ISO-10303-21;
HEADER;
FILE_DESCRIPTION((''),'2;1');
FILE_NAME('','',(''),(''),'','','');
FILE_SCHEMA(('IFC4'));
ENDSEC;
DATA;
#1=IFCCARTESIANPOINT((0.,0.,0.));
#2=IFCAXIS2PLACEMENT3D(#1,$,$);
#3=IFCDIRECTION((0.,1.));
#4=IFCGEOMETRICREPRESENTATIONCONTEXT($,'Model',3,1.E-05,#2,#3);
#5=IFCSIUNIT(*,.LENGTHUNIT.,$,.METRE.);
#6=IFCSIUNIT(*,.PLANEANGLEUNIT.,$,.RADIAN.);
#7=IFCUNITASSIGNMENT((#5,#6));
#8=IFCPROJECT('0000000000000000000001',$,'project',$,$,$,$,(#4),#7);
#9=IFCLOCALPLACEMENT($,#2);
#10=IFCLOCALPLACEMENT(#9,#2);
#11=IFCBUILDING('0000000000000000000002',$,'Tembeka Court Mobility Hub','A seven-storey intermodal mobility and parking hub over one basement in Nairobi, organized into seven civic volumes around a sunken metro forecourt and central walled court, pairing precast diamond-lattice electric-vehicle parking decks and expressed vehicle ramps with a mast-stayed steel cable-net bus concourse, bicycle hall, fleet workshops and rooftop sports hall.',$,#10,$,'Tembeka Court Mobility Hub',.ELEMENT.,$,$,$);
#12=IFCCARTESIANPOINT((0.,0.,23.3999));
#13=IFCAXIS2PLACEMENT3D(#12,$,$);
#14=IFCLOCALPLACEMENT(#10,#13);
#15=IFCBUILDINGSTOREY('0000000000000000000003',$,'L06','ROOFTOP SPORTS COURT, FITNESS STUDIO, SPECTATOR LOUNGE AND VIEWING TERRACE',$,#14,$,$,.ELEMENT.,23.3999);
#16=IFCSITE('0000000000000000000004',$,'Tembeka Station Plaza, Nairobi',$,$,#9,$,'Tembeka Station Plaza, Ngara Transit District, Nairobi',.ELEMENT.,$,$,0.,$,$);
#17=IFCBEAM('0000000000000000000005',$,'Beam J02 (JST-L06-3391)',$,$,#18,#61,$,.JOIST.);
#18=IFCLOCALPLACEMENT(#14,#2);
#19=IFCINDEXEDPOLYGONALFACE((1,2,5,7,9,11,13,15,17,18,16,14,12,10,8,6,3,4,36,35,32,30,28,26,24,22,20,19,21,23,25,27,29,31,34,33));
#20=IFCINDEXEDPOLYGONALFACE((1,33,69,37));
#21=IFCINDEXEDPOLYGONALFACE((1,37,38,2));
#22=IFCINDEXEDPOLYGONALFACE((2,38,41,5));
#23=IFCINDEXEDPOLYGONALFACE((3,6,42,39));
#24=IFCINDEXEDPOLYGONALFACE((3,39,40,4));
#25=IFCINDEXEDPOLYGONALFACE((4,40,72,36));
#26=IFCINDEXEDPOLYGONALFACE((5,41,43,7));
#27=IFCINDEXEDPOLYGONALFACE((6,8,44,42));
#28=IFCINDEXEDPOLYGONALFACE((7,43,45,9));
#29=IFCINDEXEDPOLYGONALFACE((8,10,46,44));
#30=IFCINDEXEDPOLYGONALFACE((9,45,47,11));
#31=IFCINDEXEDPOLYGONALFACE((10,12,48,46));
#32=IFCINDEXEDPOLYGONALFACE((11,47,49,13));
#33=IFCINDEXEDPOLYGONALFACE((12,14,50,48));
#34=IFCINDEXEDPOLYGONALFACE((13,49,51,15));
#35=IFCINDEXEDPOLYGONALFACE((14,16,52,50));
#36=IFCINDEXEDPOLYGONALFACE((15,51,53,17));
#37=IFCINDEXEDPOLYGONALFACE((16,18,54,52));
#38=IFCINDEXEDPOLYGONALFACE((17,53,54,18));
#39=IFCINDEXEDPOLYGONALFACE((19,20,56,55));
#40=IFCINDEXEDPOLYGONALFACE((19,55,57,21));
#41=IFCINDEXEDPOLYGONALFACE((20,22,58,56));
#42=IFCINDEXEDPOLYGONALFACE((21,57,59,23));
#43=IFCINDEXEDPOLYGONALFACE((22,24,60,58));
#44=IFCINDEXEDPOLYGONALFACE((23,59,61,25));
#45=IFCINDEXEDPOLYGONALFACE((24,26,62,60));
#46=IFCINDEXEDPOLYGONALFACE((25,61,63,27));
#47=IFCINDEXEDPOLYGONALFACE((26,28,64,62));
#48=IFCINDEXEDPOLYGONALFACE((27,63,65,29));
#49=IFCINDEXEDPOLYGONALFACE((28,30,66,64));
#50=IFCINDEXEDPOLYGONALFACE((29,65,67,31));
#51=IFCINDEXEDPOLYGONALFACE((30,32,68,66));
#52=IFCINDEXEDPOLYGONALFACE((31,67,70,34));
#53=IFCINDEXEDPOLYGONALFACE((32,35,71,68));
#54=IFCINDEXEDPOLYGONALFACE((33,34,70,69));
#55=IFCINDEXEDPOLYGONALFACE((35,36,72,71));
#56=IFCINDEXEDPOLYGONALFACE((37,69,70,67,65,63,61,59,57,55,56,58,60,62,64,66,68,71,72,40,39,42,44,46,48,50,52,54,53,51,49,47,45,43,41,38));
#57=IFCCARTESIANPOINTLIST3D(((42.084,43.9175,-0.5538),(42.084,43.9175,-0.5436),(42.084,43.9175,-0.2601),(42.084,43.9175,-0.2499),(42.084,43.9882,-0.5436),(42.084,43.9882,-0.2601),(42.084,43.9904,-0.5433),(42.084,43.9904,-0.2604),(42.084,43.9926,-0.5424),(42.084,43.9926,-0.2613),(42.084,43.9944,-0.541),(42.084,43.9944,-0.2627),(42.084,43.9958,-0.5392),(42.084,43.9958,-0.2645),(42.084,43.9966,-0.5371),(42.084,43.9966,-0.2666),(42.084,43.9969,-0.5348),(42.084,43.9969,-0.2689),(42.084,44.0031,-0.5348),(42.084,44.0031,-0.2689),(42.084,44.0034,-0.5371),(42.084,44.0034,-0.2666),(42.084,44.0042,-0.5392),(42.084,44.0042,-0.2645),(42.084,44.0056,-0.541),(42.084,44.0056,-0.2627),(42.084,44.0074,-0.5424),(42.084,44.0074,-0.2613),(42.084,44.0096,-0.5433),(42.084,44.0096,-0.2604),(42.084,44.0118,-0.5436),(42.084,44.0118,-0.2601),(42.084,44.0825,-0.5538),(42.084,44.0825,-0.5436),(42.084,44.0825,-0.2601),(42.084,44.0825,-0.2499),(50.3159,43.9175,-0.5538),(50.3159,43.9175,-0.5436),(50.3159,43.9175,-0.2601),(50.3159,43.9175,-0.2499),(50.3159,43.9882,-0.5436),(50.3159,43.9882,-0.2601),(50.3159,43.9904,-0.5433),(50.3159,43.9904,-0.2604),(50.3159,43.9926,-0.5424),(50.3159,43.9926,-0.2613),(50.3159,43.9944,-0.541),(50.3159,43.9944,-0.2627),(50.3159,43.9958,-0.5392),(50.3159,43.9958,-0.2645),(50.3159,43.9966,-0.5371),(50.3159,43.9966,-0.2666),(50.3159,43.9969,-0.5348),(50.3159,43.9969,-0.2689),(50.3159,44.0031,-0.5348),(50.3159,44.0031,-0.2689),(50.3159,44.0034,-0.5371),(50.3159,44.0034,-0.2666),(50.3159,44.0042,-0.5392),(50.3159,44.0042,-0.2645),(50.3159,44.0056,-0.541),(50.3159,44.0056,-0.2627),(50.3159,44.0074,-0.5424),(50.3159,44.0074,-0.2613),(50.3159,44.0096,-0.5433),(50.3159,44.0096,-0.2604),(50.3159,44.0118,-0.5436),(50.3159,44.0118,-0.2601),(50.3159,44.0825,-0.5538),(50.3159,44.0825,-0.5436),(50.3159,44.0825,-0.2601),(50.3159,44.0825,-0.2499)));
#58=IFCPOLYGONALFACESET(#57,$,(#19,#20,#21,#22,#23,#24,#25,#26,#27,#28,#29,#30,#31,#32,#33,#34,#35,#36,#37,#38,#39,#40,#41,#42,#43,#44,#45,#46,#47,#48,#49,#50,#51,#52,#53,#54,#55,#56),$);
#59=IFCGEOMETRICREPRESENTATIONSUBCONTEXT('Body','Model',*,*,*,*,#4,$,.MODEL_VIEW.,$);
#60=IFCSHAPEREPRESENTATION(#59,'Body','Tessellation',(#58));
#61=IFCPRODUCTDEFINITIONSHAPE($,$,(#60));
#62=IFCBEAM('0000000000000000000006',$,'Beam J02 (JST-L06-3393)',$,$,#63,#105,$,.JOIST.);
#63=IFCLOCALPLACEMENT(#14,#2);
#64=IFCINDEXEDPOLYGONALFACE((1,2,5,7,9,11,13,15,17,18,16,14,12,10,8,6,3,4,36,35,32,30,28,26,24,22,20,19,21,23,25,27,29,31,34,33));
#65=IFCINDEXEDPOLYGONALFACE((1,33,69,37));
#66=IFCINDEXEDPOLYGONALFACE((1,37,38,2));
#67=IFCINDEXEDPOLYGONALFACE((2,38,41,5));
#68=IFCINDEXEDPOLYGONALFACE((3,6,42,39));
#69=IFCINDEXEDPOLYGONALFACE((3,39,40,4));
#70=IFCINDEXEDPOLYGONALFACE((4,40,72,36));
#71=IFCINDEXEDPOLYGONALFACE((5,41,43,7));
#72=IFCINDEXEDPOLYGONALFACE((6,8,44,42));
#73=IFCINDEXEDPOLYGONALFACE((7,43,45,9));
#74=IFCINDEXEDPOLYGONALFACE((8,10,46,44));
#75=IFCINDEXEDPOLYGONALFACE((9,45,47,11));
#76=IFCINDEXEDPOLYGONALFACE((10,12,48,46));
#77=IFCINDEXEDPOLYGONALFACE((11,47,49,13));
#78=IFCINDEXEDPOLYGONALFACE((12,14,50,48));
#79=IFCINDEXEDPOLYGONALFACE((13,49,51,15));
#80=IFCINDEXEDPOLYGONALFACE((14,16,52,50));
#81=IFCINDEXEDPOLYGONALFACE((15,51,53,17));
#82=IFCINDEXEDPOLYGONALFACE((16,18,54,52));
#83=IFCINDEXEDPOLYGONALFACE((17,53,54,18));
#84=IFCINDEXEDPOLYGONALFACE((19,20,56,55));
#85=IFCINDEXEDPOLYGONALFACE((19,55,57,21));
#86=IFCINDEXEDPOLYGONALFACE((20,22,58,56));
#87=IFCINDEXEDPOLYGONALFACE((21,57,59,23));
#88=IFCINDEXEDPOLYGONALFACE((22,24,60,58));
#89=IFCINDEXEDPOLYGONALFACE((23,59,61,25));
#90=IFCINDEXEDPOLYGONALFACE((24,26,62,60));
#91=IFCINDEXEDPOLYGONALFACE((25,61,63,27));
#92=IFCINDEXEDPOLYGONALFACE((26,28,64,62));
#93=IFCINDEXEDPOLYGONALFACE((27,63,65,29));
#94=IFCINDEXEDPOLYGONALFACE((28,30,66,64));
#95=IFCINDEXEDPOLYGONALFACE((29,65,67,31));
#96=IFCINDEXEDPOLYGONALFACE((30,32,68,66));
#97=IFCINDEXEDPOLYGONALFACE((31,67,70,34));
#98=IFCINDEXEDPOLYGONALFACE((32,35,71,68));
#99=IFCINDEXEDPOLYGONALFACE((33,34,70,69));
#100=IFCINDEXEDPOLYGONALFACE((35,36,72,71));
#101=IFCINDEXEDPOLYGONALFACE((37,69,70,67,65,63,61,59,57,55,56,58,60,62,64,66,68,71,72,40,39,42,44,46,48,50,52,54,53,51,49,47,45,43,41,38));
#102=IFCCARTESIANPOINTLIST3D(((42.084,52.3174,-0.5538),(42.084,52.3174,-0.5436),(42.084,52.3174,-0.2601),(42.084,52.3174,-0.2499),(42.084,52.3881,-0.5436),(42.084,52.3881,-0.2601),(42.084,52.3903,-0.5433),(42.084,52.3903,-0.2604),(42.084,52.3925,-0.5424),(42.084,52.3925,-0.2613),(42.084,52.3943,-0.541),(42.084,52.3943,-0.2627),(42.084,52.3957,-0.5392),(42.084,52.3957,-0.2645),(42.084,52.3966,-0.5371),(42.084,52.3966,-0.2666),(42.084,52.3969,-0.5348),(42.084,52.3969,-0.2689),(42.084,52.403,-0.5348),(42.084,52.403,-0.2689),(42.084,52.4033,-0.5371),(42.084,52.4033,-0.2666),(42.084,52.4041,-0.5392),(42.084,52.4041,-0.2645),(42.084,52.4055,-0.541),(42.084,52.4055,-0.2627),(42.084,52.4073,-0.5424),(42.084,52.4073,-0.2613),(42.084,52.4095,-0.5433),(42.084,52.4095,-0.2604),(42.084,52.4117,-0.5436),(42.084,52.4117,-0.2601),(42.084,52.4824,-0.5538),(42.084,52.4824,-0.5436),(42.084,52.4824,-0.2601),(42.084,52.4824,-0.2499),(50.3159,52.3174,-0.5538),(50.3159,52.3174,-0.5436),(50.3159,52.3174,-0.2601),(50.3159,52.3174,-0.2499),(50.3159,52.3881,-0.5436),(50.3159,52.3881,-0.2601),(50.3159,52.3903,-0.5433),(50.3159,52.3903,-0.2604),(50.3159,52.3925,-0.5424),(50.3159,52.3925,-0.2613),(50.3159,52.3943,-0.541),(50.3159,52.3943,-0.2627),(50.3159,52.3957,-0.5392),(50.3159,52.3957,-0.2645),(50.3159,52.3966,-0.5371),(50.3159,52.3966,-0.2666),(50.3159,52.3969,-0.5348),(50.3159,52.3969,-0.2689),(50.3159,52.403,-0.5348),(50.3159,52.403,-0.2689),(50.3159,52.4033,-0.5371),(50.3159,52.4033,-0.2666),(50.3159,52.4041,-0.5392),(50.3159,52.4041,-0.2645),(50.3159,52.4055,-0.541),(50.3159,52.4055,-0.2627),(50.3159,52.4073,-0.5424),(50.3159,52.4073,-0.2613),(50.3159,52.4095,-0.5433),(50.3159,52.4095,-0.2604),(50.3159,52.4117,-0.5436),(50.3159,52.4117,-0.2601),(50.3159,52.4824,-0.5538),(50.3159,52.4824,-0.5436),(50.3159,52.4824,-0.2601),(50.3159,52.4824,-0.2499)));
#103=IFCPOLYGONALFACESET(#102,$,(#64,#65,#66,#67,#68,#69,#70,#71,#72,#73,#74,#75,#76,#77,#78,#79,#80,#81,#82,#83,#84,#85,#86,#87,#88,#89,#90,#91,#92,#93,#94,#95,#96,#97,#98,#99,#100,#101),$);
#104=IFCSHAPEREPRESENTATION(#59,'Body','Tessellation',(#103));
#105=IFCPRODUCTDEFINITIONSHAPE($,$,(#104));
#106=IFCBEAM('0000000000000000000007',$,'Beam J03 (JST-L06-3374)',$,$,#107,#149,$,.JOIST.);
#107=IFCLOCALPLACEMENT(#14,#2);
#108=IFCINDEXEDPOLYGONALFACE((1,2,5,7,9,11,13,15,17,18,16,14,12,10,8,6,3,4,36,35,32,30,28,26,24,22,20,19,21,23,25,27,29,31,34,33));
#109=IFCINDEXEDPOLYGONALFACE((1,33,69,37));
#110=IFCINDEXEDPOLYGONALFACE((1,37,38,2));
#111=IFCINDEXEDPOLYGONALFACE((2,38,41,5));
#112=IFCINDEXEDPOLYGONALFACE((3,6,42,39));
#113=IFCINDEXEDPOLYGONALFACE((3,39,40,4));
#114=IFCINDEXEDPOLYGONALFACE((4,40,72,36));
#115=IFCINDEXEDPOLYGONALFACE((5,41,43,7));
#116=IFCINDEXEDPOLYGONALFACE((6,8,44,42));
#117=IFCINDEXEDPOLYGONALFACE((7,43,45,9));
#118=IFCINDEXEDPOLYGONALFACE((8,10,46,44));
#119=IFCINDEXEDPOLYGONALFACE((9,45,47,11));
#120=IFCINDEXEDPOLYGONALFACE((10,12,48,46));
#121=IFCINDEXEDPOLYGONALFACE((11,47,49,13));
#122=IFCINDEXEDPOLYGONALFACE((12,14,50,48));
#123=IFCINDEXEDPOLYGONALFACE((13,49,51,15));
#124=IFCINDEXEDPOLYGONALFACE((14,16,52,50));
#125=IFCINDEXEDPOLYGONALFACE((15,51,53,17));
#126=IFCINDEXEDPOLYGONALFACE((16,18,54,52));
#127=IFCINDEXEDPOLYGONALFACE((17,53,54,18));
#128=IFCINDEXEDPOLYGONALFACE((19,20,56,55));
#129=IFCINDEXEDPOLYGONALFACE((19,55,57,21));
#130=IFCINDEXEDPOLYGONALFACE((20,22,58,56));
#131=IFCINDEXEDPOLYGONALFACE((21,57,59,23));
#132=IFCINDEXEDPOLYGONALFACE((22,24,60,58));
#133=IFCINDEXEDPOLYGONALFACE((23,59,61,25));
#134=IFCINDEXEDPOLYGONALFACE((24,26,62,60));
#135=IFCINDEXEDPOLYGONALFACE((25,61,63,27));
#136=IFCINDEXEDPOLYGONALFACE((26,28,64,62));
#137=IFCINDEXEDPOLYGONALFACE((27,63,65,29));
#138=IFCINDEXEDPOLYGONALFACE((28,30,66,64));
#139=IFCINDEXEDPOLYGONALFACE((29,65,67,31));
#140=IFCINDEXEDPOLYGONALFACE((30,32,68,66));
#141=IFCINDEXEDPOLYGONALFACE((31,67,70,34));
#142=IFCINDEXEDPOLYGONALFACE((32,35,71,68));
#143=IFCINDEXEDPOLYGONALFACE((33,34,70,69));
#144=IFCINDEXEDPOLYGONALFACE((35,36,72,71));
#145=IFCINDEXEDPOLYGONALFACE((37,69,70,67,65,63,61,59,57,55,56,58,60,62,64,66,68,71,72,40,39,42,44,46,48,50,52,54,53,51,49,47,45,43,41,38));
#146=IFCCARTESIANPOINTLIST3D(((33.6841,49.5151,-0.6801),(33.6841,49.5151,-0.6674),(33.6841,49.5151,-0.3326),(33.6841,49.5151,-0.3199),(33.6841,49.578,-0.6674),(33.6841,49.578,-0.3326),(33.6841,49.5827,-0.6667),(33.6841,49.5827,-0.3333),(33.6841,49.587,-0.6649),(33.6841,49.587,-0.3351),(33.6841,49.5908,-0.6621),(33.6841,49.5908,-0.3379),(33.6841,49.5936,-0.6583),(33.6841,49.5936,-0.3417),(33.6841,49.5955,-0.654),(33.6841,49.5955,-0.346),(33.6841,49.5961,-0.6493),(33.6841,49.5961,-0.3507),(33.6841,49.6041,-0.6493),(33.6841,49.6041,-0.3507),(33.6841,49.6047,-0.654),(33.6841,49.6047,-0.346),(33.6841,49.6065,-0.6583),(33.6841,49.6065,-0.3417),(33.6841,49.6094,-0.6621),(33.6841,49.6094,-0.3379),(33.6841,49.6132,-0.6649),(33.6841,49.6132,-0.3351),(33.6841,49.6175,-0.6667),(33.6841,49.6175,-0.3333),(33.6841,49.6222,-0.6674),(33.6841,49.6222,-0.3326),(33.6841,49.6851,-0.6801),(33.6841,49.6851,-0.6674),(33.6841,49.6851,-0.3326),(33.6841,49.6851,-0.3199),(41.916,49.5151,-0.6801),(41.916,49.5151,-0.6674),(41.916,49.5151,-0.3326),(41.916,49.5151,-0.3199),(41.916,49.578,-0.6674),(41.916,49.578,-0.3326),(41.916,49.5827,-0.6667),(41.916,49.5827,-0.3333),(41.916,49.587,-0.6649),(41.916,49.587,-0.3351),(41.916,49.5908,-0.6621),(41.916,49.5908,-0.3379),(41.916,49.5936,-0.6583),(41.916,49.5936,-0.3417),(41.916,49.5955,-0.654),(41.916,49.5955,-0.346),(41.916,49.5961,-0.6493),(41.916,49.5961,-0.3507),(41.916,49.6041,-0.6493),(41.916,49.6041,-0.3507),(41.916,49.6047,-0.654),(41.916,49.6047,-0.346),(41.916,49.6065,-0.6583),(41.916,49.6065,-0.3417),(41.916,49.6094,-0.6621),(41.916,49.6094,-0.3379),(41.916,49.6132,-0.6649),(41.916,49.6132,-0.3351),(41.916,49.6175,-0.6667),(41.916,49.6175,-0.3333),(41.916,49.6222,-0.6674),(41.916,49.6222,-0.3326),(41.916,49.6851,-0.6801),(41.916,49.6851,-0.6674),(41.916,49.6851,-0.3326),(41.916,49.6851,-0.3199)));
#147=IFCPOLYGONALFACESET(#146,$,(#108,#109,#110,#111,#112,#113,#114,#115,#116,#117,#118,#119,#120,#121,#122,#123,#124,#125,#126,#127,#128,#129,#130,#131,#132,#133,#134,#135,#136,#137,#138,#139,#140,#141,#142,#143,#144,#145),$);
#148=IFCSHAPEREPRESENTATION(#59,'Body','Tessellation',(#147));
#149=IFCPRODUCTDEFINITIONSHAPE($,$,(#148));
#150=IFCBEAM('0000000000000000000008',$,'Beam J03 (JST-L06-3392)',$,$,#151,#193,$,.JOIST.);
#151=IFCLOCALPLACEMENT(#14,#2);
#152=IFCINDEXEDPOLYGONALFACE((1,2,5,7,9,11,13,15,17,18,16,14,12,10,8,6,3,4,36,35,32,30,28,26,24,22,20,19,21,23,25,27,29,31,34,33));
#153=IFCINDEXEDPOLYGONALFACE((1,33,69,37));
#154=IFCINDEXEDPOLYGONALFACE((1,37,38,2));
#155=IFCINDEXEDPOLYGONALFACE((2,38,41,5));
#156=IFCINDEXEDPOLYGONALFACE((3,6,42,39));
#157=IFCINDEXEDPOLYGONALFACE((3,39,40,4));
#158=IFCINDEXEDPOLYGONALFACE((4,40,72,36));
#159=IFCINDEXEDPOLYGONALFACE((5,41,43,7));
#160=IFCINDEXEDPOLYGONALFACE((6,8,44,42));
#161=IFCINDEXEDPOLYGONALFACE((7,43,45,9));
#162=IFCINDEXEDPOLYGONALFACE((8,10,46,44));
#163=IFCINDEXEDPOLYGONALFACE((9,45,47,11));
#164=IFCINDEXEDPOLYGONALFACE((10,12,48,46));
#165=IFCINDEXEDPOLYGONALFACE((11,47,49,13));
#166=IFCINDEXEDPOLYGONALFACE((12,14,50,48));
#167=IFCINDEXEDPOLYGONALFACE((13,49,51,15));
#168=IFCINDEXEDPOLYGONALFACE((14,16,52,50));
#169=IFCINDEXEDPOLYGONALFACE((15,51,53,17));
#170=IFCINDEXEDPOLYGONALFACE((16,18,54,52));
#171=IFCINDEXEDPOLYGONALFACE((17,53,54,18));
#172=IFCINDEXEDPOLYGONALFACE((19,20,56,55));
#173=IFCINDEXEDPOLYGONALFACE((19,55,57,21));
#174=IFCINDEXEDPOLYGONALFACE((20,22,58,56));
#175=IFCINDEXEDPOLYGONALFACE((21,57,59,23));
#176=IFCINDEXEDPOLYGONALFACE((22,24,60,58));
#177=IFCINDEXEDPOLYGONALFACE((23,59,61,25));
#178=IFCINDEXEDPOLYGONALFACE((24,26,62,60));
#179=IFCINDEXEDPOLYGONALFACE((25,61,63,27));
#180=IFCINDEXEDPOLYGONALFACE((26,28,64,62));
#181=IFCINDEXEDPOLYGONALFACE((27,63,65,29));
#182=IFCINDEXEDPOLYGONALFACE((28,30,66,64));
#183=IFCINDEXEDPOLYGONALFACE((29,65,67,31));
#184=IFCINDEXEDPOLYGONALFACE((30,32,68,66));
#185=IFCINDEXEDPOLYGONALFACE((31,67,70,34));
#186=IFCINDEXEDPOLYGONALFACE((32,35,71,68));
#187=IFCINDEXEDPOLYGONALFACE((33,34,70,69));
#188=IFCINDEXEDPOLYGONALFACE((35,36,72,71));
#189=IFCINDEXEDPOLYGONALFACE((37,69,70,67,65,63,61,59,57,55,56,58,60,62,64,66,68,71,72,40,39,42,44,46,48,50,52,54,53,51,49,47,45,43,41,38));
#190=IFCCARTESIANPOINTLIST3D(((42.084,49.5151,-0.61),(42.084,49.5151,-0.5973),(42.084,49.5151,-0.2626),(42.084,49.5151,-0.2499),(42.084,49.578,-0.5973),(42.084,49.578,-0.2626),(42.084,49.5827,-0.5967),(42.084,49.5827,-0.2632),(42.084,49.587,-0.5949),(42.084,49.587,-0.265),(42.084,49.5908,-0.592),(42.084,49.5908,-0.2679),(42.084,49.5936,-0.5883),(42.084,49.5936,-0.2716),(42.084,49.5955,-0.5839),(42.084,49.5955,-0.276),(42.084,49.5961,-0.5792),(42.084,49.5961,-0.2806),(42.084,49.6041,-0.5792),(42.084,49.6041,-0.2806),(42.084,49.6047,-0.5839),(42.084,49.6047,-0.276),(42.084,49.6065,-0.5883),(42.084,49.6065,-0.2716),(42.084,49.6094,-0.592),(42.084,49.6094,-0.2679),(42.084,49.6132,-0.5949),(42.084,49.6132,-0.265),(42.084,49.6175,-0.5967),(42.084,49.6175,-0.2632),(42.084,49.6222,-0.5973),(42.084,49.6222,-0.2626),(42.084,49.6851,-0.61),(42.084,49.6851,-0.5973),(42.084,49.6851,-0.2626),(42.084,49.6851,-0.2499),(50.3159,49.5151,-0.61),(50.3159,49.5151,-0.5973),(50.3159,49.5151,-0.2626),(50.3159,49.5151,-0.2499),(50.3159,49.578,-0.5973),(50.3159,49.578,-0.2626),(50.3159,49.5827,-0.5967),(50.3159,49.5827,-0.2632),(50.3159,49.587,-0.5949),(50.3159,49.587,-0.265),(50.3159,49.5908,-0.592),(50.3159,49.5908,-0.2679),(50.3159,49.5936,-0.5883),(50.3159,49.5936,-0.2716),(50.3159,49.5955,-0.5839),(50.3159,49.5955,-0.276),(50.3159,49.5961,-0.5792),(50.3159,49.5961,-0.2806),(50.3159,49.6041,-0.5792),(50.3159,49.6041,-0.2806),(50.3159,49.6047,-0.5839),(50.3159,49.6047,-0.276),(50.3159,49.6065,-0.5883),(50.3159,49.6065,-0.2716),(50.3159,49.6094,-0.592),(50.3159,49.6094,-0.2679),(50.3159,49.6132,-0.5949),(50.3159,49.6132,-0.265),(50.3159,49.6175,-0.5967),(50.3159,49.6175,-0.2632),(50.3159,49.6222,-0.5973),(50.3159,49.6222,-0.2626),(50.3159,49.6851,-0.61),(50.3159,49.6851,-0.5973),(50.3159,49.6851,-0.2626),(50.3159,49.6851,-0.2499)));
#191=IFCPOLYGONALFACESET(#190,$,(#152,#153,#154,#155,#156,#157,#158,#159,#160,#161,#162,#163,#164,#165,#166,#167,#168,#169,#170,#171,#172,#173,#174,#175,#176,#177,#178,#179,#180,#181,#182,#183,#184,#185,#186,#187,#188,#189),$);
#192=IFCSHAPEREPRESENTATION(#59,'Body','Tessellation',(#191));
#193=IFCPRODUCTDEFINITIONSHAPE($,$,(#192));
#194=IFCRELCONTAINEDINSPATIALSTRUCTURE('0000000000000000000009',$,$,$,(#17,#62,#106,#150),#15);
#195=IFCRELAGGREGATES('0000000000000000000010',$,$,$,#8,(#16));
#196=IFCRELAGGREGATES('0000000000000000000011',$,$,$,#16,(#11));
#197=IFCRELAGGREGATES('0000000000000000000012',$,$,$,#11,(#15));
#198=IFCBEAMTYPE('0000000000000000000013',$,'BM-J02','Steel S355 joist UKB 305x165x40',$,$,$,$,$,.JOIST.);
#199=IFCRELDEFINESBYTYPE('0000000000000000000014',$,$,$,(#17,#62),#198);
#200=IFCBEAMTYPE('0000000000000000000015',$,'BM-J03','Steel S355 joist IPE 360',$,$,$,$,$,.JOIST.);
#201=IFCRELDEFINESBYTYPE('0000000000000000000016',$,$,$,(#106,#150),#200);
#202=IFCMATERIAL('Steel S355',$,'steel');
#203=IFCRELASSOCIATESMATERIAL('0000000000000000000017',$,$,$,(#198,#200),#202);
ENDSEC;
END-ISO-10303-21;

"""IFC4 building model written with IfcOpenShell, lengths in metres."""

from ifc_helpers import new_model, si_unit, direction, frame, origin, origin_2d, place, context, subcontext, project, spatial, i_section, extrude, material, material_profile, profile_set, type_object, element, save


model = new_model("IFC4")

# Units and contexts
model_context = context("Model", 3, precision=1e-05, world=origin(), true_north=direction((0.0, 1.0)))
body_context = subcontext(model_context, "Body", "Model", "MODEL_VIEW")
ifc_project = project(units=[si_unit("LENGTHUNIT", "METRE"), si_unit("PLANEANGLEUNIT", "RADIAN")], contexts=[model_context])

# Site, building, storey
site_placement = place(None, origin())
site = spatial("IfcSite", under=ifc_project, at=site_placement, Name="Tembeka Station Plaza, Nairobi", LongName="Tembeka Station Plaza, Ngara Transit District, Nairobi", CompositionType="ELEMENT", RefElevation=0.0)
building_placement = place(site_placement, origin())
building = spatial("IfcBuilding", under=site, at=building_placement, Name="Tembeka Court Mobility Hub", Description="A seven-storey intermodal mobility and parking hub over one basement in Nairobi, organized into seven civic volumes around a sunken metro forecourt and central walled court, pairing precast diamond-lattice electric-vehicle parking decks and expressed vehicle ramps with a mast-stayed steel cable-net bus concourse, bicycle hall, fleet workshops and rooftop sports hall.", LongName="Tembeka Court Mobility Hub", CompositionType="ELEMENT")
storey_placement = place(building_placement, frame((0.0, 0.0, 23.3999)))
storey = spatial("IfcBuildingStorey", under=building, at=storey_placement, Name="L06", Description="ROOFTOP SPORTS COURT, FITNESS STUDIO, SPECTATOR LOUNGE AND VIEWING TERRACE", CompositionType="ELEMENT", Elevation=23.3999)

# Shared definitions
ifc_material_1 = material(Name="Steel S355", Category="steel")

# Beams
ifc_material_profile_1 = material_profile(ifc_material_1, i_section(OverallWidth=0.165, OverallDepth=0.304, WebThickness=0.0061, FlangeThickness=0.0103, FilletRadius=0.0088, at=origin_2d()), Name="UKB 305x165x40")
ifc_profile_set_1 = profile_set([ifc_material_profile_1], Name="Steel S355")
beam_type_1 = type_object("IfcBeamType", Name="BM-J02", Description="Steel S355 joist UKB 305x165x40", PredefinedType="JOIST", material=ifc_profile_set_1)
for number, where, z_axis, x_axis, name in (
    (1, (42.084, 44.0, -0.4019), (1.0, 0.0, 0.0), (0.0, 1.0, 0.0), "Beam J02 (JST-L06-3391)"),
    (2, (42.084, 52.3999, -0.4019), (1.0, 0.0, 0.0), (0.0, 1.0, 0.0), "Beam J02 (JST-L06-3393)"),
):
    element("IfcBeam", number, at=place(storey_placement, frame(where, z_axis=z_axis, x_axis=x_axis)), inside=storey, type_object=beam_type_1, Name=name, PredefinedType="JOIST", context=body_context, shape_type="SweptSolid", body=[
        extrude(i_section(OverallWidth=0.165, OverallDepth=0.304, WebThickness=0.0061, FlangeThickness=0.0103, FilletRadius=0.0088, at=origin_2d()), origin(), (0.0, 0.0, 1.0), 8.2319),
    ])
ifc_material_profile_2 = material_profile(ifc_material_1, i_section(OverallWidth=0.1699, OverallDepth=0.3601, WebThickness=0.0081, FlangeThickness=0.0127, FilletRadius=0.0181, at=origin_2d()), Name="IPE 360")
ifc_profile_set_2 = profile_set([ifc_material_profile_2], Name="Steel S355")
beam_type_2 = type_object("IfcBeamType", Name="BM-J03", Description="Steel S355 joist IPE 360", PredefinedType="JOIST", material=ifc_profile_set_2)
for number, where, z_axis, x_axis, name in (
    (3, (33.6841, 49.6001, -0.5), (1.0, 0.0, 0.0), (0.0, 1.0, 0.0), "Beam J03 (JST-L06-3374)"),
    (4, (42.084, 49.6001, -0.4299), (1.0, 0.0, 0.0), (0.0, 1.0, 0.0), "Beam J03 (JST-L06-3392)"),
):
    element("IfcBeam", number, at=place(storey_placement, frame(where, z_axis=z_axis, x_axis=x_axis)), inside=storey, type_object=beam_type_2, Name=name, PredefinedType="JOIST", context=body_context, shape_type="SweptSolid", body=[
        extrude(i_section(OverallWidth=0.1699, OverallDepth=0.3601, WebThickness=0.0081, FlangeThickness=0.0127, FilletRadius=0.0181, at=origin_2d()), origin(), (0.0, 0.0, 1.0), 8.2319),
    ])

save(model, "model.ifc")
